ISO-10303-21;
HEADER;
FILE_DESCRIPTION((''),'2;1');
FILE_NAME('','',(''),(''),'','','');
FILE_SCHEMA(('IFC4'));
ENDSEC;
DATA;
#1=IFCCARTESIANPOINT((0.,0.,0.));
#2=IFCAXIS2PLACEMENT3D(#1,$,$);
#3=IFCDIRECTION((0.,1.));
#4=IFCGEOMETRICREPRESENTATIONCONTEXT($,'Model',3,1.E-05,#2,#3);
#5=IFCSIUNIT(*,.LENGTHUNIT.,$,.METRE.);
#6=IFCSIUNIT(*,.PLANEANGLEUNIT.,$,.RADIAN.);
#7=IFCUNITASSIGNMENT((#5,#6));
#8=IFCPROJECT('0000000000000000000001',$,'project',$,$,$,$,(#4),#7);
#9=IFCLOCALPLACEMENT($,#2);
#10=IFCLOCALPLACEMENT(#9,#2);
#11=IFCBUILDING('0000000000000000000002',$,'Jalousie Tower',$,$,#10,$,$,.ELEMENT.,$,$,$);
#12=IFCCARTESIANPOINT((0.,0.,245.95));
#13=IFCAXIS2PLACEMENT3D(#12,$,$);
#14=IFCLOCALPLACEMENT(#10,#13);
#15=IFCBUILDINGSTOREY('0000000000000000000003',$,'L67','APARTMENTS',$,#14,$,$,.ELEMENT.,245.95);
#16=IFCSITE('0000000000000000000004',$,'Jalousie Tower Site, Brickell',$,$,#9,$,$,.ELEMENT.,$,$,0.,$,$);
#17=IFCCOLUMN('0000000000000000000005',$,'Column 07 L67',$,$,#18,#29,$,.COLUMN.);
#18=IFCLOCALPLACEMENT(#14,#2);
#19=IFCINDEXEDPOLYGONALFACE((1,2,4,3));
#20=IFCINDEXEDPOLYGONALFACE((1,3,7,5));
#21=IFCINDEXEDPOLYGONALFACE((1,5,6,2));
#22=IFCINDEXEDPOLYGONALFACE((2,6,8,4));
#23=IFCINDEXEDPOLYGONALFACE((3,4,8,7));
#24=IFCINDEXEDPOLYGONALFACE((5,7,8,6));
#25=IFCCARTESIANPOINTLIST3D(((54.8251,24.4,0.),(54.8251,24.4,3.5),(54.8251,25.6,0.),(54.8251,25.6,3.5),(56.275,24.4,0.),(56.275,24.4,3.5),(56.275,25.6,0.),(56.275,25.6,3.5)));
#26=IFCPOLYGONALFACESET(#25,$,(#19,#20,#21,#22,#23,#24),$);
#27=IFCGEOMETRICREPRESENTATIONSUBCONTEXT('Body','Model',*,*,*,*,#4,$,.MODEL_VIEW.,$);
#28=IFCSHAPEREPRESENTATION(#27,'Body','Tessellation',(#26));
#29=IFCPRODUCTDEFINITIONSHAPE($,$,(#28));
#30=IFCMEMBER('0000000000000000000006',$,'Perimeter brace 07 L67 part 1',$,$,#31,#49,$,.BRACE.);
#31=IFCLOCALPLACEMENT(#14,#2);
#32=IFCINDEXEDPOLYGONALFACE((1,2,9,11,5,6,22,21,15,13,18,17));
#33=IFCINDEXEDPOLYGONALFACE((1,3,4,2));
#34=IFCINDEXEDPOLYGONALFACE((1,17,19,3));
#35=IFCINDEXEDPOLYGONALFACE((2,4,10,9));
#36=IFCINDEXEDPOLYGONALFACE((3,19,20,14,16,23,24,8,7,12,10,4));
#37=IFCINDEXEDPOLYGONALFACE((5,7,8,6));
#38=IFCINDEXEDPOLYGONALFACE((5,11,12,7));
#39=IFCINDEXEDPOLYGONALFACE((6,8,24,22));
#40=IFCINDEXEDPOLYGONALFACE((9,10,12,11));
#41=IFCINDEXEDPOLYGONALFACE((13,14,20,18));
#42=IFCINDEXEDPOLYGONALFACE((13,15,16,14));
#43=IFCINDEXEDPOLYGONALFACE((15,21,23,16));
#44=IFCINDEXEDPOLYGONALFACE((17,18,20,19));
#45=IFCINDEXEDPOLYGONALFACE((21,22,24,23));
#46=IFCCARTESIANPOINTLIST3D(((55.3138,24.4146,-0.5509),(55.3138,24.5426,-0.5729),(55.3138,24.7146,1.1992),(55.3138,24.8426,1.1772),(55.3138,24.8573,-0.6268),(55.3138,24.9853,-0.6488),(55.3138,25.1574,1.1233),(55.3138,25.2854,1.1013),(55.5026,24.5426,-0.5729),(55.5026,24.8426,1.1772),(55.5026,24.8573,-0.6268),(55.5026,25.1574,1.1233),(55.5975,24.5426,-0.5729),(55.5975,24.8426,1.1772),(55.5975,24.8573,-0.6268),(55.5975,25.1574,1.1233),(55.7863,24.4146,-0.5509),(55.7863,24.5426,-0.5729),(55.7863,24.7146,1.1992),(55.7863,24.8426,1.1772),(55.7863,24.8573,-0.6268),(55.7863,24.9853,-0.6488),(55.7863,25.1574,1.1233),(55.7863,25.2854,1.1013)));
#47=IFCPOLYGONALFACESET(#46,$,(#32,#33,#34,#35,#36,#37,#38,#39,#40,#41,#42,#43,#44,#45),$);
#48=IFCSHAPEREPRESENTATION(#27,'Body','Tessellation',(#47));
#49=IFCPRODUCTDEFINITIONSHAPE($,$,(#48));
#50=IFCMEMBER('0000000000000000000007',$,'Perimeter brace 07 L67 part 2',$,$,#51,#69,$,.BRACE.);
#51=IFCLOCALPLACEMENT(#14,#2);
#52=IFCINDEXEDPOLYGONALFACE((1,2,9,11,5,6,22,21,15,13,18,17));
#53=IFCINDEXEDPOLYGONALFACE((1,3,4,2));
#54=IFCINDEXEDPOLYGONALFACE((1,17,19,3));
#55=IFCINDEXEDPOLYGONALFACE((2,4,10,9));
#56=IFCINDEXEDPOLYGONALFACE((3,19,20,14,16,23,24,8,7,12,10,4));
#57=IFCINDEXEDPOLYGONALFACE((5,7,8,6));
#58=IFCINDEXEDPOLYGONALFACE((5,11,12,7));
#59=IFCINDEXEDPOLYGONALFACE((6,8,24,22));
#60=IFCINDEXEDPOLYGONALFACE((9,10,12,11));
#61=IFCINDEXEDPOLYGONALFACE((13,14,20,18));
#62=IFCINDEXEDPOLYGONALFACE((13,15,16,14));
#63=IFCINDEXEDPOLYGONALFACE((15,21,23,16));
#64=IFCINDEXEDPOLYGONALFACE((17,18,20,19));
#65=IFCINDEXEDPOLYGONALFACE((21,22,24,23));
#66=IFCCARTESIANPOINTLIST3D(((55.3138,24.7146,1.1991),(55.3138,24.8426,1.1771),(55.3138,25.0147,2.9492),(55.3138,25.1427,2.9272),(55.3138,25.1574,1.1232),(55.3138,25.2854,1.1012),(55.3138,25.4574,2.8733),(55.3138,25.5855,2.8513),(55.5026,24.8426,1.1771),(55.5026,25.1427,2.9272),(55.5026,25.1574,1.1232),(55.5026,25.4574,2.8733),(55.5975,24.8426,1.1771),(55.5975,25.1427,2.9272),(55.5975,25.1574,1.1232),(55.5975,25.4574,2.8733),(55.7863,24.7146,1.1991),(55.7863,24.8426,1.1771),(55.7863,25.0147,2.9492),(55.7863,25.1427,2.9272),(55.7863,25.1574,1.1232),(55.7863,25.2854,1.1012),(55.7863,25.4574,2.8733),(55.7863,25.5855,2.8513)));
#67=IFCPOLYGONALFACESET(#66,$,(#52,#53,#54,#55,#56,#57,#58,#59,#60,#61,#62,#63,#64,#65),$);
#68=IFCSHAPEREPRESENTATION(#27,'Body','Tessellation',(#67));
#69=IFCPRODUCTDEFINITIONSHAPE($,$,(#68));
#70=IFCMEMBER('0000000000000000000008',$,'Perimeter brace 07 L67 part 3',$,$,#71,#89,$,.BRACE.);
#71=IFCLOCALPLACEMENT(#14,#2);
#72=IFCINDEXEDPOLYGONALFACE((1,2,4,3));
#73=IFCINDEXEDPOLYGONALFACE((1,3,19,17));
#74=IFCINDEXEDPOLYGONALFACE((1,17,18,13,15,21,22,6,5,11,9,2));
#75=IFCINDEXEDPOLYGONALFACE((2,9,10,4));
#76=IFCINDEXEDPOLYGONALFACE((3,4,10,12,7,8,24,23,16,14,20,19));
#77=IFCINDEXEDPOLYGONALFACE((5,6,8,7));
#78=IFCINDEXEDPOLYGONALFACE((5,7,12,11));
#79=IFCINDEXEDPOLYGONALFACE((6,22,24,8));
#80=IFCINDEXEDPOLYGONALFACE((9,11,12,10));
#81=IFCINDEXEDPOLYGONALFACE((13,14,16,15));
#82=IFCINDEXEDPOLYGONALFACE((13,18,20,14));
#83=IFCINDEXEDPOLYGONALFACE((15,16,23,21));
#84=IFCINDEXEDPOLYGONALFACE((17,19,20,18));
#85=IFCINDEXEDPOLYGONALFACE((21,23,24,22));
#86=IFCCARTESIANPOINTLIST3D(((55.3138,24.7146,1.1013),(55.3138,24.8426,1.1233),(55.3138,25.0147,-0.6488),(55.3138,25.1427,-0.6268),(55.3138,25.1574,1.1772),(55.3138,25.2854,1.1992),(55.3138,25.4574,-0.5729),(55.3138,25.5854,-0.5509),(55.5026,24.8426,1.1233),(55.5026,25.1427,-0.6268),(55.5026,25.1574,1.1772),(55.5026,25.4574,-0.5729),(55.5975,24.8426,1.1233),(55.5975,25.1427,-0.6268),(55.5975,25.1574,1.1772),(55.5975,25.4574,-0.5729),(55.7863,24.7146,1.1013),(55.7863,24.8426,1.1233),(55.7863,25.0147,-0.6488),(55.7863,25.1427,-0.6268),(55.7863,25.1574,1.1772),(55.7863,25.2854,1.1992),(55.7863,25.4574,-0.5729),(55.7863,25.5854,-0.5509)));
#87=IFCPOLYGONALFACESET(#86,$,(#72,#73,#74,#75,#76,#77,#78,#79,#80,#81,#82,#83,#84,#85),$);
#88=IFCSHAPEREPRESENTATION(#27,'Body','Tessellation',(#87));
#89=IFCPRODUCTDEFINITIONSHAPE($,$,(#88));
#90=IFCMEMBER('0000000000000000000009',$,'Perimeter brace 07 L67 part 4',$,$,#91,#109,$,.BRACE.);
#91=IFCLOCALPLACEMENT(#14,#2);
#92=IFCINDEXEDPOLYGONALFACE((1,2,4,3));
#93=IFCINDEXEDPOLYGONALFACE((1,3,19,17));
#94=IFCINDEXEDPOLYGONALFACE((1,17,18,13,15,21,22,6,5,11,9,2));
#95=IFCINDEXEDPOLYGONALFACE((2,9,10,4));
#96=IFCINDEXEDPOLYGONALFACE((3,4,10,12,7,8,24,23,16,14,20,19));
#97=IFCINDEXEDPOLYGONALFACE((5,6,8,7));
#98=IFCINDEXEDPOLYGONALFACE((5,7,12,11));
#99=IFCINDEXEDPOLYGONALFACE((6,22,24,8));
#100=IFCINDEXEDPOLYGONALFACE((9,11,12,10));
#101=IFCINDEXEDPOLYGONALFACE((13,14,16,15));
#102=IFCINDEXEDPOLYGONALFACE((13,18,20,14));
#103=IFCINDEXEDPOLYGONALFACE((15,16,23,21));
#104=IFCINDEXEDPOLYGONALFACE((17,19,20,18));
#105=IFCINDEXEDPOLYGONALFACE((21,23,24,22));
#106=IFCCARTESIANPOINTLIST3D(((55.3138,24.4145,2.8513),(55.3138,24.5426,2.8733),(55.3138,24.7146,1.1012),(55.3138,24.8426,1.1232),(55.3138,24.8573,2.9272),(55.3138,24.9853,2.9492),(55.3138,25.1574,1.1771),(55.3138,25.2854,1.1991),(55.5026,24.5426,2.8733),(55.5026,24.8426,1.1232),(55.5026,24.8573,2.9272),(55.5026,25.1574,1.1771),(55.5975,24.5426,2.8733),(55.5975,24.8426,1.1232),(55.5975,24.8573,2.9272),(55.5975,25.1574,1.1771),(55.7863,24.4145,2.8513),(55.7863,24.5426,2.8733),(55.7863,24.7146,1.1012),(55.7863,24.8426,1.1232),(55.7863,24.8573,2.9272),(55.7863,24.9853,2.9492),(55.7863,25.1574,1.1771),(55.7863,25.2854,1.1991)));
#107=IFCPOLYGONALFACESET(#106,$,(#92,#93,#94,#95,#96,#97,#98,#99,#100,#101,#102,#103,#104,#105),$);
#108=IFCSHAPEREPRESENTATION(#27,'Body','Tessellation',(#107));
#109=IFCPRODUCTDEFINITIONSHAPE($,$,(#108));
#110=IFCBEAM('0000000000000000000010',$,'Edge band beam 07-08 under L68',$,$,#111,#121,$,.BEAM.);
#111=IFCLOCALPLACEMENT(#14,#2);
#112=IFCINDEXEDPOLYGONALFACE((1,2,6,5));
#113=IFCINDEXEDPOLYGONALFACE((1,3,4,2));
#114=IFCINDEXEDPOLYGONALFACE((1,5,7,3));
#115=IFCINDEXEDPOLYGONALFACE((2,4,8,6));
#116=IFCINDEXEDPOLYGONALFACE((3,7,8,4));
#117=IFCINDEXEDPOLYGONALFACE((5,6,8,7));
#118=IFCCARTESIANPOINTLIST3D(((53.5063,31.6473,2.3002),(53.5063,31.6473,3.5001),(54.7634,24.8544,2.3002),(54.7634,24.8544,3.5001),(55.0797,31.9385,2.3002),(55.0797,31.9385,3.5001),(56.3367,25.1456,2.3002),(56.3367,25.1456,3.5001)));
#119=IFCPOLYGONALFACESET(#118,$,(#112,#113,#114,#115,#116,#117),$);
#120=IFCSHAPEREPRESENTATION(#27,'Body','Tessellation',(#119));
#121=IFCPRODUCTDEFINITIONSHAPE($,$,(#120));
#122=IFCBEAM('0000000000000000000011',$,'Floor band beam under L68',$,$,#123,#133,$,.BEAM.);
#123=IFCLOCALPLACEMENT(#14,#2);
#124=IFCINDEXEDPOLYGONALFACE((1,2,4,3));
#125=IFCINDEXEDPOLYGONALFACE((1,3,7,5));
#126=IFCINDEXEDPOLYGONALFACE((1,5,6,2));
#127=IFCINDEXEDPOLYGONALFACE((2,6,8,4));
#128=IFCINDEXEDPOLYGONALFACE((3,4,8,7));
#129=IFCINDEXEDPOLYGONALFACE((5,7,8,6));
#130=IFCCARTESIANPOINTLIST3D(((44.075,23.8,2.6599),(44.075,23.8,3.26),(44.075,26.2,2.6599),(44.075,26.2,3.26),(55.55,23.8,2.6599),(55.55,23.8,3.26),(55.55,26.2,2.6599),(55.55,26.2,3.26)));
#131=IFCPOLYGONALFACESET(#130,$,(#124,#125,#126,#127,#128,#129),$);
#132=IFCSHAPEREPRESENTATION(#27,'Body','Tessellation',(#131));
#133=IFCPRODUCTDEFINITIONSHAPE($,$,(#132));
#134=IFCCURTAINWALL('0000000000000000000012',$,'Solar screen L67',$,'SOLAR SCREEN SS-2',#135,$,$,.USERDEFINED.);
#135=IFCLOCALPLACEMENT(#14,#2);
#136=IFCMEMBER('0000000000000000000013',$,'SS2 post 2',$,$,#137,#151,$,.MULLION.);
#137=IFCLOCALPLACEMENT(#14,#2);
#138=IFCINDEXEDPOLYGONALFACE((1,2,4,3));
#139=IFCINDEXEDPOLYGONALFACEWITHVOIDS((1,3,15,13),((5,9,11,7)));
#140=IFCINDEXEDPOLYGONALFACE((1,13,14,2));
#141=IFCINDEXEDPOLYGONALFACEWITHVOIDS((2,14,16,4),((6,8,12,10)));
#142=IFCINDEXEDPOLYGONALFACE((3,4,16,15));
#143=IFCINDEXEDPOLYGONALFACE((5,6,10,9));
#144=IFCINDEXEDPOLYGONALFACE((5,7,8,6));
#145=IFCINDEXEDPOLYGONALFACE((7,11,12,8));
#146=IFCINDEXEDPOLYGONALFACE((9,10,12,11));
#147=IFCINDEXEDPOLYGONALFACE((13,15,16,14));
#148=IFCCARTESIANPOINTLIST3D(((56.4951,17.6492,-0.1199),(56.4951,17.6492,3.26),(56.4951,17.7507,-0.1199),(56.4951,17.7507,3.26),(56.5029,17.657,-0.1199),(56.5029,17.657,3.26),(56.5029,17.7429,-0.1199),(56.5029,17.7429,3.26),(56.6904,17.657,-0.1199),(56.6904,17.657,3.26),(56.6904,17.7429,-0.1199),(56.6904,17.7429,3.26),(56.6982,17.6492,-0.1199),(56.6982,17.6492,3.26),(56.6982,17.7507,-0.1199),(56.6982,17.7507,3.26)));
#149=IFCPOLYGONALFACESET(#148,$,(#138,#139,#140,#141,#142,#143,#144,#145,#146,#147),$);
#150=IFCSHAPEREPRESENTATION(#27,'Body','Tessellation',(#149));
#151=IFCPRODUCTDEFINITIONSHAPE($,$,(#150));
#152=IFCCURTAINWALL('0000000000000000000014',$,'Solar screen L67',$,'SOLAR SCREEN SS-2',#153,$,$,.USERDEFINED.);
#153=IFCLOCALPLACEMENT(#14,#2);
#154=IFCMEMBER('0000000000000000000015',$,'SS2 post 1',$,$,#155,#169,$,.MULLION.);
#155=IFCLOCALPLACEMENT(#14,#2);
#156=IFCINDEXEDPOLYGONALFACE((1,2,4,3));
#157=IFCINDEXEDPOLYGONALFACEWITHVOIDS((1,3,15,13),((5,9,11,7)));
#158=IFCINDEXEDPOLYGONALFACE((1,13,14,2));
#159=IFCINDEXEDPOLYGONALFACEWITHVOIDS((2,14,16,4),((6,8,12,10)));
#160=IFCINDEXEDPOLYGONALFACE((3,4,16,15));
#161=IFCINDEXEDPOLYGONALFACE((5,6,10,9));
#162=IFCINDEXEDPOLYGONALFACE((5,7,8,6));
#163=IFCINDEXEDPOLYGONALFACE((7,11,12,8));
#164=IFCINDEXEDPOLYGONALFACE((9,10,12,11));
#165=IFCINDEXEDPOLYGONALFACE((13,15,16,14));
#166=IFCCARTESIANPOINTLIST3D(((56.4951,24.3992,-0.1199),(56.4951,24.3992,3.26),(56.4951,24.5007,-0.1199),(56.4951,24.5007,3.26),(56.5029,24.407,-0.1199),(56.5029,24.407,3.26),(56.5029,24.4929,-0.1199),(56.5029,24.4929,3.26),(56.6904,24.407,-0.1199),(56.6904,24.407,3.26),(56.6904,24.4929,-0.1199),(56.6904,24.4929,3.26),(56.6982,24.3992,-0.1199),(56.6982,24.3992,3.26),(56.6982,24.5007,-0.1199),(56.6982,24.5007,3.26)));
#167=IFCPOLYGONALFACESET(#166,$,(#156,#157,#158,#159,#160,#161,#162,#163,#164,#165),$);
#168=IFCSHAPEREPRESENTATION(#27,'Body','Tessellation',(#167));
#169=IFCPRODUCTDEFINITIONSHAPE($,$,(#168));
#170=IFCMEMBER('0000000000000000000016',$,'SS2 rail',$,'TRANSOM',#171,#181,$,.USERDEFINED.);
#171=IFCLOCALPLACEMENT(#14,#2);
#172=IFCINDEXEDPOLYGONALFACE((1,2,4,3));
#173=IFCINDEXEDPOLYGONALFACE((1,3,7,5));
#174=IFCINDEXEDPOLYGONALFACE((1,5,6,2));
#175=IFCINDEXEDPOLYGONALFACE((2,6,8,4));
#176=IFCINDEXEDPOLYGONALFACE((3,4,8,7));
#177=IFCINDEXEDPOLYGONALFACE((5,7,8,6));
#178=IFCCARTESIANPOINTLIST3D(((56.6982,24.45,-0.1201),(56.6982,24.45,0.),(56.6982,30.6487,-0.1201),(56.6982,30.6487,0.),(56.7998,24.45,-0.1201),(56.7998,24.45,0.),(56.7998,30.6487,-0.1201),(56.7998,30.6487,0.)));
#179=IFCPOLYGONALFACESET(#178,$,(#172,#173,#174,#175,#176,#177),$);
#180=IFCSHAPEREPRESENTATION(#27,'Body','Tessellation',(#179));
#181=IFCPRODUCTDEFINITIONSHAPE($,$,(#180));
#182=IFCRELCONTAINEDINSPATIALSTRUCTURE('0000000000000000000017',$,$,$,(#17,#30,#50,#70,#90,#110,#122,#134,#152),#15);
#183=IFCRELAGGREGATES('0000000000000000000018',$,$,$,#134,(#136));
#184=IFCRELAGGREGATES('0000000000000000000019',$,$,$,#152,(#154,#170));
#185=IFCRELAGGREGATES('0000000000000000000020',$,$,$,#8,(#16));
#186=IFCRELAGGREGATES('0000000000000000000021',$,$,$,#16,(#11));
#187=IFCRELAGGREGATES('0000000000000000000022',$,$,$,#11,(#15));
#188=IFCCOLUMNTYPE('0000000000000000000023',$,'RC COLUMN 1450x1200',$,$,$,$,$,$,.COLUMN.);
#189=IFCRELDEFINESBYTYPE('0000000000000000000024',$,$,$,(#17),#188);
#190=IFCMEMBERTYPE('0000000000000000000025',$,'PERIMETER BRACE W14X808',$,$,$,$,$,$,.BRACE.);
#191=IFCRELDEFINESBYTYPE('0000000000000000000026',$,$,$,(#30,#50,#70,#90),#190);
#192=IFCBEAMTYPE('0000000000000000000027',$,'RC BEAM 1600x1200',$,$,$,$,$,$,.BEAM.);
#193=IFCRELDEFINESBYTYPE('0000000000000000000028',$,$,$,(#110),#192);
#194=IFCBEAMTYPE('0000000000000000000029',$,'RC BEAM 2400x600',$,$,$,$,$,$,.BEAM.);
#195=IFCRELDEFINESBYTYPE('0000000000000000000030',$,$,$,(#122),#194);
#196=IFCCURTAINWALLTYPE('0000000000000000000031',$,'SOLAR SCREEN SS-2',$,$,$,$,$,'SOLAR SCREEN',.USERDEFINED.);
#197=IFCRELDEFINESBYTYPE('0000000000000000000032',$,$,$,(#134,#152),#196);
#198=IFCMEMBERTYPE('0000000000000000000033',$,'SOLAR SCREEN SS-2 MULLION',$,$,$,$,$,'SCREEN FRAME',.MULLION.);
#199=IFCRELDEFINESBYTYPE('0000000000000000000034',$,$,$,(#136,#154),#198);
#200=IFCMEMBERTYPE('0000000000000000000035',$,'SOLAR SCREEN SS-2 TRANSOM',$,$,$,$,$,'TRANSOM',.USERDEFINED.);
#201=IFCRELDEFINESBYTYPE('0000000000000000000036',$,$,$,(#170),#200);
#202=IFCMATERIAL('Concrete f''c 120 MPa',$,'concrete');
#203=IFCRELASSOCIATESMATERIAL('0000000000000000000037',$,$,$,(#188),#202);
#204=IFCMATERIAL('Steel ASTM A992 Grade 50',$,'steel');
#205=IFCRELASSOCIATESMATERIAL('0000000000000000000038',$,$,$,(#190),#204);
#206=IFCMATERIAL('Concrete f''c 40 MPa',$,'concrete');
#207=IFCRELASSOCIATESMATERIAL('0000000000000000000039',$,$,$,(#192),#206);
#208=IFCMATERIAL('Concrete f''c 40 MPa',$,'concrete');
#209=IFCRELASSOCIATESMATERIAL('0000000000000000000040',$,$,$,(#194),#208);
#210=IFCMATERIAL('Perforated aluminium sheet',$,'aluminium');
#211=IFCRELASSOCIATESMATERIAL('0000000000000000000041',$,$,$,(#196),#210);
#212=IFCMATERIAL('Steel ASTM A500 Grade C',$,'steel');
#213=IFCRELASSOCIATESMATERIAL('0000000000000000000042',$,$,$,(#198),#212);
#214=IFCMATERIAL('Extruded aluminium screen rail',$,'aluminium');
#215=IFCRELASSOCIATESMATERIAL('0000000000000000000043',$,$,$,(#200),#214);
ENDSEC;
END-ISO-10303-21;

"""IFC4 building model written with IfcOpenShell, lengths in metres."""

from ifc_helpers import new_model, si_unit, direction, frame, origin, origin_2d, place, context, subcontext, project, spatial, rectangle, hollow_rectangle, i_section, extrude, material, material_profile, profile_set, type_object, element, aggregate, save


model = new_model("IFC4")

# Units and contexts
model_context = context("Model", 3, precision=1e-05, world=origin(), true_north=direction((0.0, 1.0)))
body_context = subcontext(model_context, "Body", "Model", "MODEL_VIEW")
ifc_project = project(units=[si_unit("LENGTHUNIT", "METRE"), si_unit("PLANEANGLEUNIT", "RADIAN")], contexts=[model_context])

# Site, building, storey
site_placement = place(None, origin())
site = spatial("IfcSite", under=ifc_project, at=site_placement, Name="Jalousie Tower Site, Brickell", CompositionType="ELEMENT", RefElevation=0.0)
building_placement = place(site_placement, origin())
building = spatial("IfcBuilding", under=site, at=building_placement, Name="Jalousie Tower", CompositionType="ELEMENT")
storey_placement = place(building_placement, frame((0.0, 0.0, 245.95)))
storey = spatial("IfcBuildingStorey", under=building, at=storey_placement, Name="L67", Description="APARTMENTS", CompositionType="ELEMENT", Elevation=245.95)

# Column
ifc_material_1 = material(Name="Concrete f'c 120 MPa", Category="concrete")
ifc_material_profile_1 = material_profile(ifc_material_1, rectangle(XDim=1.45, YDim=1.2, at=origin_2d()), Name="RC 1450x1200")
ifc_profile_set_1 = profile_set([ifc_material_profile_1], Name="Concrete f'c 120 MPa")
column_type = type_object("IfcColumnType", Name="RC COLUMN 1450x1200", PredefinedType="COLUMN", material=ifc_profile_set_1)
column_placement = place(storey_placement, frame((55.55, 25.0, 0.0), z_axis=(0.0, 0.0, 1.0), x_axis=(1.0, 0.0, 0.0)))
element("IfcColumn", 1, at=column_placement, inside=storey, type_object=column_type, Name="Column 07 L67", PredefinedType="COLUMN", context=body_context, shape_type="SweptSolid", body=[
    extrude(rectangle(XDim=1.45, YDim=1.2, at=origin_2d()), origin(), (0.0, 0.0, 1.0), 3.5),
])

# Members
ifc_material_2 = material(Name="Steel ASTM A992 Grade 50", Category="steel")
ifc_material_profile_2 = material_profile(ifc_material_2, i_section(OverallWidth=0.4724, OverallDepth=0.5791, WebThickness=0.095, FlangeThickness=0.1299, at=origin_2d()), Name="W14X808")
ifc_profile_set_2 = profile_set([ifc_material_profile_2], Name="Steel ASTM A992 Grade 50")
member_type_1 = type_object("IfcMemberType", Name="PERIMETER BRACE W14X808", PredefinedType="BRACE", material=ifc_profile_set_2)
for number, where, z_axis, x_axis, name in (
    (2, (55.55, 24.7, -0.5999), (0.0, 0.168991, 0.985618), (-1.0, 0.0, 0.0), "Perimeter brace 07 L67 part 1"),
    (3, (55.55, 25.0, 1.1501), (0.0, 0.168991, 0.985618), (-1.0, 0.0, 0.0), "Perimeter brace 07 L67 part 2"),
    (4, (55.55, 25.3, -0.5999), (0.0, -0.168991, 0.985618), (1.0, 0.0, 0.0), "Perimeter brace 07 L67 part 3"),
    (5, (55.55, 25.0, 1.1501), (0.0, -0.168991, 0.985618), (1.0, 0.0, 0.0), "Perimeter brace 07 L67 part 4"),
):
    element("IfcMember", number, at=place(storey_placement, frame(where, z_axis=z_axis, x_axis=x_axis)), inside=storey, type_object=member_type_1, Name=name, PredefinedType="BRACE", context=body_context, shape_type="SweptSolid", body=[
        extrude(i_section(OverallWidth=0.4724, OverallDepth=0.5791, WebThickness=0.095, FlangeThickness=0.1299, at=origin_2d()), origin(), (0.0, 0.0, 1.0), 1.7756),
    ])

# Beams
ifc_material_3 = material(Name="Concrete f'c 40 MPa", Category="concrete")
ifc_material_profile_3 = material_profile(ifc_material_3, rectangle(XDim=1.6001, YDim=1.2, at=origin_2d()), Name="RC 1600x1200")
ifc_profile_set_3 = profile_set([ifc_material_profile_3], Name="Concrete f'c 40 MPa")
beam_type_1 = type_object("IfcBeamType", Name="RC BEAM 1600x1200", PredefinedType="BEAM", material=ifc_profile_set_3)
beam_1_placement = place(storey_placement, frame((55.55, 25.0, 2.9001), z_axis=(-0.181967, 0.983305, 0.0), x_axis=(-0.983305, -0.181967, 0.0)))
element("IfcBeam", 6, at=beam_1_placement, inside=storey, type_object=beam_type_1, Name="Edge band beam 07-08 under L68", PredefinedType="BEAM", context=body_context, shape_type="SweptSolid", body=[
    extrude(rectangle(XDim=1.6001, YDim=1.2, at=origin_2d()), origin(), (0.0, 0.0, 1.0), 6.9082),
])
ifc_material_4 = material(Name="Concrete f'c 40 MPa", Category="concrete")
ifc_material_profile_4 = material_profile(ifc_material_4, rectangle(XDim=2.3999, YDim=0.6001, at=origin_2d()), Name="RC 2400x600")
ifc_profile_set_4 = profile_set([ifc_material_profile_4], Name="Concrete f'c 40 MPa")
beam_type_2 = type_object("IfcBeamType", Name="RC BEAM 2400x600", PredefinedType="BEAM", material=ifc_profile_set_4)
beam_2_placement = place(storey_placement, frame((55.55, 25.0, 2.96), z_axis=(-1.0, 0.0, 0.0), x_axis=(0.0, -1.0, 0.0)))
element("IfcBeam", 7, at=beam_2_placement, inside=storey, type_object=beam_type_2, Name="Floor band beam under L68", PredefinedType="BEAM", context=body_context, shape_type="SweptSolid", body=[
    extrude(rectangle(XDim=2.3999, YDim=0.6001, at=origin_2d()), origin(), (0.0, 0.0, 1.0), 11.4751),
])

# Curtain wall, member
ifc_material_5 = material(Name="Perforated aluminium sheet", Category="aluminium")
curtain_wall_type = type_object("IfcCurtainWallType", Name="SOLAR SCREEN SS-2", ElementType="SOLAR SCREEN", PredefinedType="USERDEFINED", material=ifc_material_5)
curtain_wall_1_placement = place(storey_placement, origin())
curtain_wall_1 = element("IfcCurtainWall", 8, at=curtain_wall_1_placement, inside=storey, type_object=curtain_wall_type, Name="Solar screen L67", ObjectType="SOLAR SCREEN SS-2", PredefinedType="USERDEFINED")
ifc_material_6 = material(Name="Steel ASTM A500 Grade C", Category="steel")
ifc_material_profile_5 = material_profile(ifc_material_6, hollow_rectangle(XDim=0.1016, YDim=0.2031, WallThickness=0.0078, at=origin_2d()), Name="HSS8X4X5/16")
ifc_profile_set_5 = profile_set([ifc_material_profile_5], Name="Steel ASTM A500 Grade C")
member_type_2 = type_object("IfcMemberType", Name="SOLAR SCREEN SS-2 MULLION", ElementType="SCREEN FRAME", PredefinedType="MULLION", material=ifc_profile_set_5)
member_1_placement = place(storey_placement, frame((56.5967, 17.7, -0.1199), z_axis=(0.0, 0.0, 1.0), x_axis=(0.0, 1.0, 0.0)))
member_1 = element("IfcMember", 9, at=member_1_placement, type_object=member_type_2, Name="SS2 post 2", PredefinedType="MULLION", context=body_context, shape_type="SweptSolid", body=[
    extrude(hollow_rectangle(XDim=0.1016, YDim=0.2031, WallThickness=0.0078, at=origin_2d()), origin(), (0.0, 0.0, 1.0), 3.3799),
])
aggregate(curtain_wall_1, [member_1])

# Curtain wall, members
curtain_wall_2_placement = place(storey_placement, origin())
curtain_wall_2 = element("IfcCurtainWall", 10, at=curtain_wall_2_placement, inside=storey, type_object=curtain_wall_type, Name="Solar screen L67", ObjectType="SOLAR SCREEN SS-2", PredefinedType="USERDEFINED")
member_2_placement = place(storey_placement, frame((56.5967, 24.45, -0.1199), z_axis=(0.0, 0.0, 1.0), x_axis=(0.0, 1.0, 0.0)))
member_2 = element("IfcMember", 11, at=member_2_placement, type_object=member_type_2, Name="SS2 post 1", PredefinedType="MULLION", context=body_context, shape_type="SweptSolid", body=[
    extrude(hollow_rectangle(XDim=0.1016, YDim=0.2031, WallThickness=0.0078, at=origin_2d()), origin(), (0.0, 0.0, 1.0), 3.3799),
])
ifc_material_7 = material(Name="Extruded aluminium screen rail", Category="aluminium")
ifc_material_profile_6 = material_profile(ifc_material_7, rectangle(XDim=0.1016, YDim=0.1201, at=origin_2d()), Name="RAIL 102x120")
ifc_profile_set_6 = profile_set([ifc_material_profile_6], Name="Extruded aluminium screen rail")
member_type_3 = type_object("IfcMemberType", Name="SOLAR SCREEN SS-2 TRANSOM", ElementType="TRANSOM", PredefinedType="USERDEFINED", material=ifc_profile_set_6)
member_3_placement = place(storey_placement, frame((56.749, 24.45, -0.0601), z_axis=(0.0, 1.0, 0.0), x_axis=(-1.0, 0.0, 0.0)))
member_3 = element("IfcMember", 12, at=member_3_placement, type_object=member_type_3, Name="SS2 rail", ObjectType="TRANSOM", PredefinedType="USERDEFINED", context=body_context, shape_type="SweptSolid", body=[
    extrude(rectangle(XDim=0.1016, YDim=0.1201, at=origin_2d()), origin(), (0.0, 0.0, 1.0), 6.1987),
])
aggregate(curtain_wall_2, [member_2, member_3])

save(model, "model.ifc")
